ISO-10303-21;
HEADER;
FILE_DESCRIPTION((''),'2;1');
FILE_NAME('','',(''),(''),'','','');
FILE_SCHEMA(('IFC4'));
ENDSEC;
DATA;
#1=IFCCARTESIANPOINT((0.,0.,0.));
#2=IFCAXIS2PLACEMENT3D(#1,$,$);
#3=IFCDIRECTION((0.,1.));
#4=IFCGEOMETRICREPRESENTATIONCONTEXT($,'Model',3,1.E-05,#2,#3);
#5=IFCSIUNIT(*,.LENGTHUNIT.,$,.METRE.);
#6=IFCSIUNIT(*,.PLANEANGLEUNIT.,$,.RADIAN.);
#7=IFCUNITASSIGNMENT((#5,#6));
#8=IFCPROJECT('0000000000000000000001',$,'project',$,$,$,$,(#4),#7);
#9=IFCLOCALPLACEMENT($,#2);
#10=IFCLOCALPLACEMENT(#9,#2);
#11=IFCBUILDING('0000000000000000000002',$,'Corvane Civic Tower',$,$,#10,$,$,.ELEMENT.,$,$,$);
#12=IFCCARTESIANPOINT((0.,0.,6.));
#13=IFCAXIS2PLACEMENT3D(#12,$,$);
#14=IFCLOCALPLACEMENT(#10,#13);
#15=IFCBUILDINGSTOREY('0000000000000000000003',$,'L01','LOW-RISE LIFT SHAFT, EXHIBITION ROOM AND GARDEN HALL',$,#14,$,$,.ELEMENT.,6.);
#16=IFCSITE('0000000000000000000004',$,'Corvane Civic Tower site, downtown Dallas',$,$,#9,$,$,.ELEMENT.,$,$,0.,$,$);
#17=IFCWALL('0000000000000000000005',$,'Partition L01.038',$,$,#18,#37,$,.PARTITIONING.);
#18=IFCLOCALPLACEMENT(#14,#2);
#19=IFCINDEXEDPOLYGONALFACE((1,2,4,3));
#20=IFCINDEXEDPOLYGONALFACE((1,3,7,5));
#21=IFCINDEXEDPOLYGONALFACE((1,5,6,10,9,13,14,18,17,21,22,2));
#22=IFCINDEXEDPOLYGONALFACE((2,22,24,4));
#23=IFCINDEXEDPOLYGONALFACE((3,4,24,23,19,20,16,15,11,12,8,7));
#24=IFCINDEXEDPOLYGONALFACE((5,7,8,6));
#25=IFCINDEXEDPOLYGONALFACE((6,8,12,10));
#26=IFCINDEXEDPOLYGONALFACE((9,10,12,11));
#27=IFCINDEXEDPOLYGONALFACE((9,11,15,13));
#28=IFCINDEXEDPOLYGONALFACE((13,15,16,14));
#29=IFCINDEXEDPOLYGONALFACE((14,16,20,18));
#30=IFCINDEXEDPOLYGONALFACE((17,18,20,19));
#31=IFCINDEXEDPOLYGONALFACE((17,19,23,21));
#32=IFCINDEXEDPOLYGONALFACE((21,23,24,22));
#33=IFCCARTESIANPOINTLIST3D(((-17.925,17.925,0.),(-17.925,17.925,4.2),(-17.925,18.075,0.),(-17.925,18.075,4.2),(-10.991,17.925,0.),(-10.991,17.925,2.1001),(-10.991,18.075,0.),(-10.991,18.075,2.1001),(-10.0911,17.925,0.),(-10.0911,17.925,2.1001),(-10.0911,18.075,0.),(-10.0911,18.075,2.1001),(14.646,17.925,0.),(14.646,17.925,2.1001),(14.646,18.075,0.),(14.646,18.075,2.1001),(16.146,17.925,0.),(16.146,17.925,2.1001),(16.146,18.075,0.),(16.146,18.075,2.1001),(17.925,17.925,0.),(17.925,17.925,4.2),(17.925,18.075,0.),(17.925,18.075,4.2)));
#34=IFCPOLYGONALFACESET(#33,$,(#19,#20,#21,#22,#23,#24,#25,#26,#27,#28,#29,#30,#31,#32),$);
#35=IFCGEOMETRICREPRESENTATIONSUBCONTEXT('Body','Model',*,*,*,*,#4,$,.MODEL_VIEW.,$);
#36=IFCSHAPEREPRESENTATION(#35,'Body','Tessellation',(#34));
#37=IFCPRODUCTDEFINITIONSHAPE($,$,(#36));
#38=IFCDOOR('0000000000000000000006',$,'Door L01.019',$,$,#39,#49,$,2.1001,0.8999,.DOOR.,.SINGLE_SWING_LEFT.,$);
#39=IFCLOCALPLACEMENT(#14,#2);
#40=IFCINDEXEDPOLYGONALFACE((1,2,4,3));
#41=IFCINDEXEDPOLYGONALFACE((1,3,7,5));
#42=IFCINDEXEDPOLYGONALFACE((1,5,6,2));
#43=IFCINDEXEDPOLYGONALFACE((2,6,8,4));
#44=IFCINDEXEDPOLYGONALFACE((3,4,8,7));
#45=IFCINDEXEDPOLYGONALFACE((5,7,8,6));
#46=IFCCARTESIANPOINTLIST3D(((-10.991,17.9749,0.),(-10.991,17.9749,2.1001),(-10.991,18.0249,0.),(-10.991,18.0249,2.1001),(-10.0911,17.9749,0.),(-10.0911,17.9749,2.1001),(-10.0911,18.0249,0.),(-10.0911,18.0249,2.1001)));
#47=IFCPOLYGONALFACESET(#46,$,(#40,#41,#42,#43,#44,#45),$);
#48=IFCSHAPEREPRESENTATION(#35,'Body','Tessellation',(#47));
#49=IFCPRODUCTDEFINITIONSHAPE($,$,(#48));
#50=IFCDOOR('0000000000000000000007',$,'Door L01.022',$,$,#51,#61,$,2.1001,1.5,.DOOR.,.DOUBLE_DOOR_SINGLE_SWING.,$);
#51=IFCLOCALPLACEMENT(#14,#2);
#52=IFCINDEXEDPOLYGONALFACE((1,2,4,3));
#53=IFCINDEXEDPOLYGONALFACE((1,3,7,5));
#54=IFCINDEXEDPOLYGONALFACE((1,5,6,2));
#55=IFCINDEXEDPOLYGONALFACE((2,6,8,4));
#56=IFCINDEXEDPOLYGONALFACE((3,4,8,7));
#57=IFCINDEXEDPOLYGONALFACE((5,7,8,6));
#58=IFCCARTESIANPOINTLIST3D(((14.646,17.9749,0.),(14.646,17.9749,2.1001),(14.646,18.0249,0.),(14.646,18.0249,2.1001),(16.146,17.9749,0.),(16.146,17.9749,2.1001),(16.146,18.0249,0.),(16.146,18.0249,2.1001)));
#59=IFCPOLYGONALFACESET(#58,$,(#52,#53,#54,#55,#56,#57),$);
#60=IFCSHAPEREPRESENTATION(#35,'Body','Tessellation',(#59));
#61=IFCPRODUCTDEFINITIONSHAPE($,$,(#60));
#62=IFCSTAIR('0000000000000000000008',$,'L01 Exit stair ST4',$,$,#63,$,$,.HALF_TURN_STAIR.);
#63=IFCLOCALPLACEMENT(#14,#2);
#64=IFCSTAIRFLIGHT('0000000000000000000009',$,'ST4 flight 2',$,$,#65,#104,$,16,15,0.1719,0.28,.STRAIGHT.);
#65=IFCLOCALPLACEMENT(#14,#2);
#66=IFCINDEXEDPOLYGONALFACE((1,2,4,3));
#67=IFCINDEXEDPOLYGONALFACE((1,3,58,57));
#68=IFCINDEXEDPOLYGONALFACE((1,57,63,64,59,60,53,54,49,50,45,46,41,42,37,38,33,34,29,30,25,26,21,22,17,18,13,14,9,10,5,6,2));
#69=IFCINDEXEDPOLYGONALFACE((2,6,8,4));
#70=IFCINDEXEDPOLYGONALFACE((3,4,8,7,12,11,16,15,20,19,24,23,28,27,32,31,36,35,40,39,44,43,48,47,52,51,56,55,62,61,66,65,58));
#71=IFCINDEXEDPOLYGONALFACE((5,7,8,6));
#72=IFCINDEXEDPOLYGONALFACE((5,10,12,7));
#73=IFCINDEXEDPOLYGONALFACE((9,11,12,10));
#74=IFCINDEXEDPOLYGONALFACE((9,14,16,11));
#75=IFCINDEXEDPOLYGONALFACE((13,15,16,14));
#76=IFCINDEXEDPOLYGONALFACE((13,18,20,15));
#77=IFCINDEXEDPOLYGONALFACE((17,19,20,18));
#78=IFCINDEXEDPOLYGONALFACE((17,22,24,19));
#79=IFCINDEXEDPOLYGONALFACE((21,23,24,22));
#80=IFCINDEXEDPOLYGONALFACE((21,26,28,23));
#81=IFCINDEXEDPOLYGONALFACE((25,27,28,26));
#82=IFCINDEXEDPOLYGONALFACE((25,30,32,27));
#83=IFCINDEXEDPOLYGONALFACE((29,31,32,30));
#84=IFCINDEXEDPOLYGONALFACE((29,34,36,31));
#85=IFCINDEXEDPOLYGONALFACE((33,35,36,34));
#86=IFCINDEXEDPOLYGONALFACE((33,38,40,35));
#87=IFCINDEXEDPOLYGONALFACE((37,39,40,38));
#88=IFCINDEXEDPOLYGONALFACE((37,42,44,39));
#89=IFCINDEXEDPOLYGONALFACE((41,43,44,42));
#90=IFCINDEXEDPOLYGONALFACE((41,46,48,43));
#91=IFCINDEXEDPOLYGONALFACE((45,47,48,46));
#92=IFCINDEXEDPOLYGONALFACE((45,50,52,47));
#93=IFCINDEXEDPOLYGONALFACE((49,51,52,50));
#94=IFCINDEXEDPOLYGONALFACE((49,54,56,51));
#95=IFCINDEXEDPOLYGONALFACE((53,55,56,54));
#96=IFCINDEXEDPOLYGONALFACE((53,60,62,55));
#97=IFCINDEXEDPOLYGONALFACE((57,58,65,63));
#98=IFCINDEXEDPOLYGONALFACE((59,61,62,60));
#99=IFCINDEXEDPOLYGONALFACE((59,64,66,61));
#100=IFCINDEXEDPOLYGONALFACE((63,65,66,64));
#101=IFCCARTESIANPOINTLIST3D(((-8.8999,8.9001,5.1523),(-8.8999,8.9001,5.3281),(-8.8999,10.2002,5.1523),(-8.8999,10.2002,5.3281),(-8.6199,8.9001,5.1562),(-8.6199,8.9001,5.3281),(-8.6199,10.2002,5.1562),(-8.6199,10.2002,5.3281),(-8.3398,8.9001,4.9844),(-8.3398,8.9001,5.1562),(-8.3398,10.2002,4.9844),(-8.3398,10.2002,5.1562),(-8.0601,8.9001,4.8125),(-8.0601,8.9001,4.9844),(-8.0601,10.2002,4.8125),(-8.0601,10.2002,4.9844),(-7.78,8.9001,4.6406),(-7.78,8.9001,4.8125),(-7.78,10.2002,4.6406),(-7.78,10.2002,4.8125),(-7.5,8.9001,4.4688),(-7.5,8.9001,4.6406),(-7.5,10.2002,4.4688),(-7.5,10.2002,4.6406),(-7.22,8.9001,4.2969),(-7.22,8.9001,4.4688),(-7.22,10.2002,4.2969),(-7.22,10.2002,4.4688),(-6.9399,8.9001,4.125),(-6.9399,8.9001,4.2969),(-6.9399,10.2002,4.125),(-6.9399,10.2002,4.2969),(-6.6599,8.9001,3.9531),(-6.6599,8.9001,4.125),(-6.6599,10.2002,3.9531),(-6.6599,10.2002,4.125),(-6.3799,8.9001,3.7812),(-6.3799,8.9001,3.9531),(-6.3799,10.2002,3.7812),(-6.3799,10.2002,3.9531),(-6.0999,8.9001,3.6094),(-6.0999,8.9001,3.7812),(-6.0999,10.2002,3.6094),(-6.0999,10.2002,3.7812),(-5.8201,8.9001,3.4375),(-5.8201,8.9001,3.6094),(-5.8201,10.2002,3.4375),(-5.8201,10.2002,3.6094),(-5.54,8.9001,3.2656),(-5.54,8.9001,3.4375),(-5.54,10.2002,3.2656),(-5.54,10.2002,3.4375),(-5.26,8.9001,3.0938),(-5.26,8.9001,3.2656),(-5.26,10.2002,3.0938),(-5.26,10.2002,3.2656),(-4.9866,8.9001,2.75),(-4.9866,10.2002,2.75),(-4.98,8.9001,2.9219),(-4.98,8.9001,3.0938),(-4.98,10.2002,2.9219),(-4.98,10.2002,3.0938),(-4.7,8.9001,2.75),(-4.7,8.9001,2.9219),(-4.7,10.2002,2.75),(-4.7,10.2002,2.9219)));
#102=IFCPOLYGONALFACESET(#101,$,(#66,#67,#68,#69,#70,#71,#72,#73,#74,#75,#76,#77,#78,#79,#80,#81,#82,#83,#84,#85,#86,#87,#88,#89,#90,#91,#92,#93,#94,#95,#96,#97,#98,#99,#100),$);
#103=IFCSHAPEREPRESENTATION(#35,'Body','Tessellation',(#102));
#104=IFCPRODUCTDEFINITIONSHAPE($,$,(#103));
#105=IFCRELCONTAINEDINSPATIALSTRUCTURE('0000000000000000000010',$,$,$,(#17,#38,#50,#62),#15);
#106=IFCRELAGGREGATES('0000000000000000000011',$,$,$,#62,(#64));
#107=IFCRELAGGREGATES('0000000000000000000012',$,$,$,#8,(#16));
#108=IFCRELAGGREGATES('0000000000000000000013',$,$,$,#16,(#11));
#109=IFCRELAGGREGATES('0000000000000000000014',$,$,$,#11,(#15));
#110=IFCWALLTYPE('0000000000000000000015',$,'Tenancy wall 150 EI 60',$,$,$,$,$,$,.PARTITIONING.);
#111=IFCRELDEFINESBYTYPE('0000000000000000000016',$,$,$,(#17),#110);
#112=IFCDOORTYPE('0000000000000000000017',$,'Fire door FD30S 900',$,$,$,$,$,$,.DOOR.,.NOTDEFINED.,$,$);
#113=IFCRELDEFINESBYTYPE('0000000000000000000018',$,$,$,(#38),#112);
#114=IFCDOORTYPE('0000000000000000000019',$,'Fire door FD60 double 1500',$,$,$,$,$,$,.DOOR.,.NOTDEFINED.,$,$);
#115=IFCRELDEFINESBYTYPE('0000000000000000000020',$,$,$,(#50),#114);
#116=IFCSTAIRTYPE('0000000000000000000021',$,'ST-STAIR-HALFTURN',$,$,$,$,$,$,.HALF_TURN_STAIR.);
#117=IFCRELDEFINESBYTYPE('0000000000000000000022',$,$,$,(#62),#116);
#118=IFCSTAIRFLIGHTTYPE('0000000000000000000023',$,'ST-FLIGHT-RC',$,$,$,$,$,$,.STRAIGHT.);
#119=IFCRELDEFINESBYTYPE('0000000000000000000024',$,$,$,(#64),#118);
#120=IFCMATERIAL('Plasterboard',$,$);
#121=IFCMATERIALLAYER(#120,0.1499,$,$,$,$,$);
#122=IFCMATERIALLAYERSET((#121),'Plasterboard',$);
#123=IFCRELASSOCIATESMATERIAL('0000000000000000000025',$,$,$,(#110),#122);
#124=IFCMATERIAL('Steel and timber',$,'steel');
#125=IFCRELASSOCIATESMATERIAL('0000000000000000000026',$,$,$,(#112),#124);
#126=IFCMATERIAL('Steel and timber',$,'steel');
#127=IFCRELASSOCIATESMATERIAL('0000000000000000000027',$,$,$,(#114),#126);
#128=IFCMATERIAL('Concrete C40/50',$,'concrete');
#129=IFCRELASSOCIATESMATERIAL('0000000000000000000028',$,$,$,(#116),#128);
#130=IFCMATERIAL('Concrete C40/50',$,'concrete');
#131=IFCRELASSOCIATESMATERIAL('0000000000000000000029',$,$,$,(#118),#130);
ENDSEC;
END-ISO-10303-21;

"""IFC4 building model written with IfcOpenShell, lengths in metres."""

from ifc_helpers import new_model, si_unit, direction, frame, frame_2d, origin, place, context, subcontext, project, spatial, polyline, rectangle, outline, extrude, material, layer, layer_set, type_object, element, fill, aggregate, save


model = new_model("IFC4")

# Units and contexts
model_context = context("Model", 3, precision=1e-05, world=origin(), true_north=direction((0.0, 1.0)))
body_context = subcontext(model_context, "Body", "Model", "MODEL_VIEW")
ifc_project = project(units=[si_unit("LENGTHUNIT", "METRE"), si_unit("PLANEANGLEUNIT", "RADIAN")], contexts=[model_context])

# Site, building, storey
site_placement = place(None, origin())
site = spatial("IfcSite", under=ifc_project, at=site_placement, Name="Corvane Civic Tower site, downtown Dallas", CompositionType="ELEMENT", RefElevation=0.0)
building_placement = place(site_placement, origin())
building = spatial("IfcBuilding", under=site, at=building_placement, Name="Corvane Civic Tower", CompositionType="ELEMENT")
storey_placement = place(building_placement, frame((0.0, 0.0, 6.0)))
storey = spatial("IfcBuildingStorey", under=building, at=storey_placement, Name="L01", Description="LOW-RISE LIFT SHAFT, EXHIBITION ROOM AND GARDEN HALL", CompositionType="ELEMENT", Elevation=6.0)

# Wall, openings, doors
ifc_material_1 = material(Name="Plasterboard")
ifc_layer_1 = layer(ifc_material_1, 0.1499)
ifc_layer_set_1 = layer_set([ifc_layer_1], Name="Plasterboard")
wall_type_1 = type_object("IfcWallType", Name="Tenancy wall 150 EI 60", PredefinedType="PARTITIONING", material=ifc_layer_set_1)
wall_1_placement = place(storey_placement, frame((-17.925, 18.0, 0.0), z_axis=(0.0, 0.0, 1.0), x_axis=(1.0, 0.0, 0.0)))
wall_1 = element("IfcWall", 1, at=wall_1_placement, inside=storey, type_object=wall_type_1, Name="Partition L01.038", PredefinedType="PARTITIONING", context=body_context, shape_type="SweptSolid", body=[
    extrude(rectangle(XDim=35.8501, YDim=0.1499, at=frame_2d((17.925, 0.0))), origin(), (0.0, 0.0, 1.0), 4.2),
])
opening_1_placement = place(wall_1_placement, frame((6.9341, 0.0, 0.0)))
opening_1 = element("IfcOpeningElement", 2, at=opening_1_placement, cuts=wall_1, PredefinedType="OPENING", context=body_context, shape_type="SweptSolid", body=[
    extrude(rectangle(XDim=0.8999, YDim=2.1001, at=frame_2d((0.45, 1.05))), frame((0.0, 0.085, 0.0), z_axis=(0.0, -1.0, 0.0), x_axis=(1.0, 0.0, 0.0)), (0.0, 0.0, 1.0), 0.1699),
])
opening_2_placement = place(wall_1_placement, frame((32.571, 0.0, 0.0)))
opening_2 = element("IfcOpeningElement", 3, at=opening_2_placement, cuts=wall_1, PredefinedType="OPENING", context=body_context, shape_type="SweptSolid", body=[
    extrude(rectangle(XDim=1.5, YDim=2.1001, at=frame_2d((0.75, 1.05))), frame((0.0, 0.085, 0.0), z_axis=(0.0, -1.0, 0.0), x_axis=(1.0, 0.0, 0.0)), (0.0, 0.0, 1.0), 0.1699),
])
ifc_material_2 = material(Name="Steel and timber", Category="steel")
door_type_1 = type_object("IfcDoorType", Name="Fire door FD30S 900", OperationType="NOTDEFINED", PredefinedType="DOOR", material=ifc_material_2)
door_1_placement = place(opening_1_placement, origin())
door_1 = element("IfcDoor", 4, at=door_1_placement, inside=storey, type_object=door_type_1, Name="Door L01.019", OperationType="SINGLE_SWING_LEFT", OverallHeight=2.1001, OverallWidth=0.8999, PredefinedType="DOOR", context=body_context, shape_type="SweptSolid", body=[
    extrude(rectangle(XDim=0.8999, YDim=2.1001, at=frame_2d((0.45, 1.05))), frame((0.0, 0.0249, 0.0), z_axis=(0.0, -1.0, 0.0), x_axis=(1.0, 0.0, 0.0)), (0.0, 0.0, 1.0), 0.05),
])
fill(opening_1, door_1)
ifc_material_3 = material(Name="Steel and timber", Category="steel")
door_type_2 = type_object("IfcDoorType", Name="Fire door FD60 double 1500", OperationType="NOTDEFINED", PredefinedType="DOOR", material=ifc_material_3)
door_2_placement = place(opening_2_placement, origin())
door_2 = element("IfcDoor", 5, at=door_2_placement, inside=storey, type_object=door_type_2, Name="Door L01.022", OperationType="DOUBLE_DOOR_SINGLE_SWING", OverallHeight=2.1001, OverallWidth=1.5, PredefinedType="DOOR", context=body_context, shape_type="SweptSolid", body=[
    extrude(rectangle(XDim=1.5, YDim=2.1001, at=frame_2d((0.75, 1.05))), frame((0.0, 0.0249, 0.0), z_axis=(0.0, -1.0, 0.0), x_axis=(1.0, 0.0, 0.0)), (0.0, 0.0, 1.0), 0.05),
])
fill(opening_2, door_2)

# Stair, stair flight
ifc_material_4 = material(Name="Concrete C40/50", Category="concrete")
stair_type = type_object("IfcStairType", Name="ST-STAIR-HALFTURN", PredefinedType="HALF_TURN_STAIR", material=ifc_material_4)
stair_placement = place(storey_placement, origin())
stair = element("IfcStair", 6, at=stair_placement, inside=storey, type_object=stair_type, Name="L01 Exit stair ST4", PredefinedType="HALF_TURN_STAIR")
ifc_material_5 = material(Name="Concrete C40/50", Category="concrete")
stair_flight_type = type_object("IfcStairFlightType", Name="ST-FLIGHT-RC", PredefinedType="STRAIGHT", material=ifc_material_5)
stair_flight_placement = place(storey_placement, frame((-4.7, 9.55, 2.75), z_axis=(0.0, 0.0, 1.0), x_axis=(-1.0, 0.0, 0.0)))
stair_flight = element("IfcStairFlight", 7, at=stair_flight_placement, type_object=stair_flight_type, Name="ST4 flight 2", NumberOfRisers=16, NumberOfTreads=15, PredefinedType="STRAIGHT", RiserHeight=0.1719, TreadLength=0.28, context=body_context, shape_type="SweptSolid", body=[
    extrude(outline(polyline([(0.0, 0.0), (0.0, 0.1719), (0.28, 0.1719), (0.28, 0.3438), (0.5601, 0.3438), (0.5601, 0.5156), (0.8401, 0.5156), (0.8401, 0.6875), (1.1201, 0.6875), (1.1201, 0.8594), (1.3999, 0.8594), (1.3999, 1.0312), (1.6799, 1.0312), (1.6799, 1.2031), (1.96, 1.2031), (1.96, 1.375), (2.24, 1.375), (2.24, 1.5469), (2.52, 1.5469), (2.52, 1.7188), (2.8, 1.7188), (2.8, 1.8906), (3.0801, 1.8906), (3.0801, 2.0625), (3.3601, 2.0625), (3.3601, 2.2344), (3.6399, 2.2344), (3.6399, 2.4062), (3.9199, 2.4062), (3.9199, 2.5781), (4.2, 2.5781), (4.2, 2.75), (4.2, 2.4023), (0.2866, 0.0), (0.0, 0.0)])), frame((0.0, 0.6499, 0.0), z_axis=(0.0, -1.0, 0.0), x_axis=(1.0, 0.0, 0.0)), (0.0, 0.0, 1.0), 1.3),
])
aggregate(stair, [stair_flight])

save(model, "model.ifc")
